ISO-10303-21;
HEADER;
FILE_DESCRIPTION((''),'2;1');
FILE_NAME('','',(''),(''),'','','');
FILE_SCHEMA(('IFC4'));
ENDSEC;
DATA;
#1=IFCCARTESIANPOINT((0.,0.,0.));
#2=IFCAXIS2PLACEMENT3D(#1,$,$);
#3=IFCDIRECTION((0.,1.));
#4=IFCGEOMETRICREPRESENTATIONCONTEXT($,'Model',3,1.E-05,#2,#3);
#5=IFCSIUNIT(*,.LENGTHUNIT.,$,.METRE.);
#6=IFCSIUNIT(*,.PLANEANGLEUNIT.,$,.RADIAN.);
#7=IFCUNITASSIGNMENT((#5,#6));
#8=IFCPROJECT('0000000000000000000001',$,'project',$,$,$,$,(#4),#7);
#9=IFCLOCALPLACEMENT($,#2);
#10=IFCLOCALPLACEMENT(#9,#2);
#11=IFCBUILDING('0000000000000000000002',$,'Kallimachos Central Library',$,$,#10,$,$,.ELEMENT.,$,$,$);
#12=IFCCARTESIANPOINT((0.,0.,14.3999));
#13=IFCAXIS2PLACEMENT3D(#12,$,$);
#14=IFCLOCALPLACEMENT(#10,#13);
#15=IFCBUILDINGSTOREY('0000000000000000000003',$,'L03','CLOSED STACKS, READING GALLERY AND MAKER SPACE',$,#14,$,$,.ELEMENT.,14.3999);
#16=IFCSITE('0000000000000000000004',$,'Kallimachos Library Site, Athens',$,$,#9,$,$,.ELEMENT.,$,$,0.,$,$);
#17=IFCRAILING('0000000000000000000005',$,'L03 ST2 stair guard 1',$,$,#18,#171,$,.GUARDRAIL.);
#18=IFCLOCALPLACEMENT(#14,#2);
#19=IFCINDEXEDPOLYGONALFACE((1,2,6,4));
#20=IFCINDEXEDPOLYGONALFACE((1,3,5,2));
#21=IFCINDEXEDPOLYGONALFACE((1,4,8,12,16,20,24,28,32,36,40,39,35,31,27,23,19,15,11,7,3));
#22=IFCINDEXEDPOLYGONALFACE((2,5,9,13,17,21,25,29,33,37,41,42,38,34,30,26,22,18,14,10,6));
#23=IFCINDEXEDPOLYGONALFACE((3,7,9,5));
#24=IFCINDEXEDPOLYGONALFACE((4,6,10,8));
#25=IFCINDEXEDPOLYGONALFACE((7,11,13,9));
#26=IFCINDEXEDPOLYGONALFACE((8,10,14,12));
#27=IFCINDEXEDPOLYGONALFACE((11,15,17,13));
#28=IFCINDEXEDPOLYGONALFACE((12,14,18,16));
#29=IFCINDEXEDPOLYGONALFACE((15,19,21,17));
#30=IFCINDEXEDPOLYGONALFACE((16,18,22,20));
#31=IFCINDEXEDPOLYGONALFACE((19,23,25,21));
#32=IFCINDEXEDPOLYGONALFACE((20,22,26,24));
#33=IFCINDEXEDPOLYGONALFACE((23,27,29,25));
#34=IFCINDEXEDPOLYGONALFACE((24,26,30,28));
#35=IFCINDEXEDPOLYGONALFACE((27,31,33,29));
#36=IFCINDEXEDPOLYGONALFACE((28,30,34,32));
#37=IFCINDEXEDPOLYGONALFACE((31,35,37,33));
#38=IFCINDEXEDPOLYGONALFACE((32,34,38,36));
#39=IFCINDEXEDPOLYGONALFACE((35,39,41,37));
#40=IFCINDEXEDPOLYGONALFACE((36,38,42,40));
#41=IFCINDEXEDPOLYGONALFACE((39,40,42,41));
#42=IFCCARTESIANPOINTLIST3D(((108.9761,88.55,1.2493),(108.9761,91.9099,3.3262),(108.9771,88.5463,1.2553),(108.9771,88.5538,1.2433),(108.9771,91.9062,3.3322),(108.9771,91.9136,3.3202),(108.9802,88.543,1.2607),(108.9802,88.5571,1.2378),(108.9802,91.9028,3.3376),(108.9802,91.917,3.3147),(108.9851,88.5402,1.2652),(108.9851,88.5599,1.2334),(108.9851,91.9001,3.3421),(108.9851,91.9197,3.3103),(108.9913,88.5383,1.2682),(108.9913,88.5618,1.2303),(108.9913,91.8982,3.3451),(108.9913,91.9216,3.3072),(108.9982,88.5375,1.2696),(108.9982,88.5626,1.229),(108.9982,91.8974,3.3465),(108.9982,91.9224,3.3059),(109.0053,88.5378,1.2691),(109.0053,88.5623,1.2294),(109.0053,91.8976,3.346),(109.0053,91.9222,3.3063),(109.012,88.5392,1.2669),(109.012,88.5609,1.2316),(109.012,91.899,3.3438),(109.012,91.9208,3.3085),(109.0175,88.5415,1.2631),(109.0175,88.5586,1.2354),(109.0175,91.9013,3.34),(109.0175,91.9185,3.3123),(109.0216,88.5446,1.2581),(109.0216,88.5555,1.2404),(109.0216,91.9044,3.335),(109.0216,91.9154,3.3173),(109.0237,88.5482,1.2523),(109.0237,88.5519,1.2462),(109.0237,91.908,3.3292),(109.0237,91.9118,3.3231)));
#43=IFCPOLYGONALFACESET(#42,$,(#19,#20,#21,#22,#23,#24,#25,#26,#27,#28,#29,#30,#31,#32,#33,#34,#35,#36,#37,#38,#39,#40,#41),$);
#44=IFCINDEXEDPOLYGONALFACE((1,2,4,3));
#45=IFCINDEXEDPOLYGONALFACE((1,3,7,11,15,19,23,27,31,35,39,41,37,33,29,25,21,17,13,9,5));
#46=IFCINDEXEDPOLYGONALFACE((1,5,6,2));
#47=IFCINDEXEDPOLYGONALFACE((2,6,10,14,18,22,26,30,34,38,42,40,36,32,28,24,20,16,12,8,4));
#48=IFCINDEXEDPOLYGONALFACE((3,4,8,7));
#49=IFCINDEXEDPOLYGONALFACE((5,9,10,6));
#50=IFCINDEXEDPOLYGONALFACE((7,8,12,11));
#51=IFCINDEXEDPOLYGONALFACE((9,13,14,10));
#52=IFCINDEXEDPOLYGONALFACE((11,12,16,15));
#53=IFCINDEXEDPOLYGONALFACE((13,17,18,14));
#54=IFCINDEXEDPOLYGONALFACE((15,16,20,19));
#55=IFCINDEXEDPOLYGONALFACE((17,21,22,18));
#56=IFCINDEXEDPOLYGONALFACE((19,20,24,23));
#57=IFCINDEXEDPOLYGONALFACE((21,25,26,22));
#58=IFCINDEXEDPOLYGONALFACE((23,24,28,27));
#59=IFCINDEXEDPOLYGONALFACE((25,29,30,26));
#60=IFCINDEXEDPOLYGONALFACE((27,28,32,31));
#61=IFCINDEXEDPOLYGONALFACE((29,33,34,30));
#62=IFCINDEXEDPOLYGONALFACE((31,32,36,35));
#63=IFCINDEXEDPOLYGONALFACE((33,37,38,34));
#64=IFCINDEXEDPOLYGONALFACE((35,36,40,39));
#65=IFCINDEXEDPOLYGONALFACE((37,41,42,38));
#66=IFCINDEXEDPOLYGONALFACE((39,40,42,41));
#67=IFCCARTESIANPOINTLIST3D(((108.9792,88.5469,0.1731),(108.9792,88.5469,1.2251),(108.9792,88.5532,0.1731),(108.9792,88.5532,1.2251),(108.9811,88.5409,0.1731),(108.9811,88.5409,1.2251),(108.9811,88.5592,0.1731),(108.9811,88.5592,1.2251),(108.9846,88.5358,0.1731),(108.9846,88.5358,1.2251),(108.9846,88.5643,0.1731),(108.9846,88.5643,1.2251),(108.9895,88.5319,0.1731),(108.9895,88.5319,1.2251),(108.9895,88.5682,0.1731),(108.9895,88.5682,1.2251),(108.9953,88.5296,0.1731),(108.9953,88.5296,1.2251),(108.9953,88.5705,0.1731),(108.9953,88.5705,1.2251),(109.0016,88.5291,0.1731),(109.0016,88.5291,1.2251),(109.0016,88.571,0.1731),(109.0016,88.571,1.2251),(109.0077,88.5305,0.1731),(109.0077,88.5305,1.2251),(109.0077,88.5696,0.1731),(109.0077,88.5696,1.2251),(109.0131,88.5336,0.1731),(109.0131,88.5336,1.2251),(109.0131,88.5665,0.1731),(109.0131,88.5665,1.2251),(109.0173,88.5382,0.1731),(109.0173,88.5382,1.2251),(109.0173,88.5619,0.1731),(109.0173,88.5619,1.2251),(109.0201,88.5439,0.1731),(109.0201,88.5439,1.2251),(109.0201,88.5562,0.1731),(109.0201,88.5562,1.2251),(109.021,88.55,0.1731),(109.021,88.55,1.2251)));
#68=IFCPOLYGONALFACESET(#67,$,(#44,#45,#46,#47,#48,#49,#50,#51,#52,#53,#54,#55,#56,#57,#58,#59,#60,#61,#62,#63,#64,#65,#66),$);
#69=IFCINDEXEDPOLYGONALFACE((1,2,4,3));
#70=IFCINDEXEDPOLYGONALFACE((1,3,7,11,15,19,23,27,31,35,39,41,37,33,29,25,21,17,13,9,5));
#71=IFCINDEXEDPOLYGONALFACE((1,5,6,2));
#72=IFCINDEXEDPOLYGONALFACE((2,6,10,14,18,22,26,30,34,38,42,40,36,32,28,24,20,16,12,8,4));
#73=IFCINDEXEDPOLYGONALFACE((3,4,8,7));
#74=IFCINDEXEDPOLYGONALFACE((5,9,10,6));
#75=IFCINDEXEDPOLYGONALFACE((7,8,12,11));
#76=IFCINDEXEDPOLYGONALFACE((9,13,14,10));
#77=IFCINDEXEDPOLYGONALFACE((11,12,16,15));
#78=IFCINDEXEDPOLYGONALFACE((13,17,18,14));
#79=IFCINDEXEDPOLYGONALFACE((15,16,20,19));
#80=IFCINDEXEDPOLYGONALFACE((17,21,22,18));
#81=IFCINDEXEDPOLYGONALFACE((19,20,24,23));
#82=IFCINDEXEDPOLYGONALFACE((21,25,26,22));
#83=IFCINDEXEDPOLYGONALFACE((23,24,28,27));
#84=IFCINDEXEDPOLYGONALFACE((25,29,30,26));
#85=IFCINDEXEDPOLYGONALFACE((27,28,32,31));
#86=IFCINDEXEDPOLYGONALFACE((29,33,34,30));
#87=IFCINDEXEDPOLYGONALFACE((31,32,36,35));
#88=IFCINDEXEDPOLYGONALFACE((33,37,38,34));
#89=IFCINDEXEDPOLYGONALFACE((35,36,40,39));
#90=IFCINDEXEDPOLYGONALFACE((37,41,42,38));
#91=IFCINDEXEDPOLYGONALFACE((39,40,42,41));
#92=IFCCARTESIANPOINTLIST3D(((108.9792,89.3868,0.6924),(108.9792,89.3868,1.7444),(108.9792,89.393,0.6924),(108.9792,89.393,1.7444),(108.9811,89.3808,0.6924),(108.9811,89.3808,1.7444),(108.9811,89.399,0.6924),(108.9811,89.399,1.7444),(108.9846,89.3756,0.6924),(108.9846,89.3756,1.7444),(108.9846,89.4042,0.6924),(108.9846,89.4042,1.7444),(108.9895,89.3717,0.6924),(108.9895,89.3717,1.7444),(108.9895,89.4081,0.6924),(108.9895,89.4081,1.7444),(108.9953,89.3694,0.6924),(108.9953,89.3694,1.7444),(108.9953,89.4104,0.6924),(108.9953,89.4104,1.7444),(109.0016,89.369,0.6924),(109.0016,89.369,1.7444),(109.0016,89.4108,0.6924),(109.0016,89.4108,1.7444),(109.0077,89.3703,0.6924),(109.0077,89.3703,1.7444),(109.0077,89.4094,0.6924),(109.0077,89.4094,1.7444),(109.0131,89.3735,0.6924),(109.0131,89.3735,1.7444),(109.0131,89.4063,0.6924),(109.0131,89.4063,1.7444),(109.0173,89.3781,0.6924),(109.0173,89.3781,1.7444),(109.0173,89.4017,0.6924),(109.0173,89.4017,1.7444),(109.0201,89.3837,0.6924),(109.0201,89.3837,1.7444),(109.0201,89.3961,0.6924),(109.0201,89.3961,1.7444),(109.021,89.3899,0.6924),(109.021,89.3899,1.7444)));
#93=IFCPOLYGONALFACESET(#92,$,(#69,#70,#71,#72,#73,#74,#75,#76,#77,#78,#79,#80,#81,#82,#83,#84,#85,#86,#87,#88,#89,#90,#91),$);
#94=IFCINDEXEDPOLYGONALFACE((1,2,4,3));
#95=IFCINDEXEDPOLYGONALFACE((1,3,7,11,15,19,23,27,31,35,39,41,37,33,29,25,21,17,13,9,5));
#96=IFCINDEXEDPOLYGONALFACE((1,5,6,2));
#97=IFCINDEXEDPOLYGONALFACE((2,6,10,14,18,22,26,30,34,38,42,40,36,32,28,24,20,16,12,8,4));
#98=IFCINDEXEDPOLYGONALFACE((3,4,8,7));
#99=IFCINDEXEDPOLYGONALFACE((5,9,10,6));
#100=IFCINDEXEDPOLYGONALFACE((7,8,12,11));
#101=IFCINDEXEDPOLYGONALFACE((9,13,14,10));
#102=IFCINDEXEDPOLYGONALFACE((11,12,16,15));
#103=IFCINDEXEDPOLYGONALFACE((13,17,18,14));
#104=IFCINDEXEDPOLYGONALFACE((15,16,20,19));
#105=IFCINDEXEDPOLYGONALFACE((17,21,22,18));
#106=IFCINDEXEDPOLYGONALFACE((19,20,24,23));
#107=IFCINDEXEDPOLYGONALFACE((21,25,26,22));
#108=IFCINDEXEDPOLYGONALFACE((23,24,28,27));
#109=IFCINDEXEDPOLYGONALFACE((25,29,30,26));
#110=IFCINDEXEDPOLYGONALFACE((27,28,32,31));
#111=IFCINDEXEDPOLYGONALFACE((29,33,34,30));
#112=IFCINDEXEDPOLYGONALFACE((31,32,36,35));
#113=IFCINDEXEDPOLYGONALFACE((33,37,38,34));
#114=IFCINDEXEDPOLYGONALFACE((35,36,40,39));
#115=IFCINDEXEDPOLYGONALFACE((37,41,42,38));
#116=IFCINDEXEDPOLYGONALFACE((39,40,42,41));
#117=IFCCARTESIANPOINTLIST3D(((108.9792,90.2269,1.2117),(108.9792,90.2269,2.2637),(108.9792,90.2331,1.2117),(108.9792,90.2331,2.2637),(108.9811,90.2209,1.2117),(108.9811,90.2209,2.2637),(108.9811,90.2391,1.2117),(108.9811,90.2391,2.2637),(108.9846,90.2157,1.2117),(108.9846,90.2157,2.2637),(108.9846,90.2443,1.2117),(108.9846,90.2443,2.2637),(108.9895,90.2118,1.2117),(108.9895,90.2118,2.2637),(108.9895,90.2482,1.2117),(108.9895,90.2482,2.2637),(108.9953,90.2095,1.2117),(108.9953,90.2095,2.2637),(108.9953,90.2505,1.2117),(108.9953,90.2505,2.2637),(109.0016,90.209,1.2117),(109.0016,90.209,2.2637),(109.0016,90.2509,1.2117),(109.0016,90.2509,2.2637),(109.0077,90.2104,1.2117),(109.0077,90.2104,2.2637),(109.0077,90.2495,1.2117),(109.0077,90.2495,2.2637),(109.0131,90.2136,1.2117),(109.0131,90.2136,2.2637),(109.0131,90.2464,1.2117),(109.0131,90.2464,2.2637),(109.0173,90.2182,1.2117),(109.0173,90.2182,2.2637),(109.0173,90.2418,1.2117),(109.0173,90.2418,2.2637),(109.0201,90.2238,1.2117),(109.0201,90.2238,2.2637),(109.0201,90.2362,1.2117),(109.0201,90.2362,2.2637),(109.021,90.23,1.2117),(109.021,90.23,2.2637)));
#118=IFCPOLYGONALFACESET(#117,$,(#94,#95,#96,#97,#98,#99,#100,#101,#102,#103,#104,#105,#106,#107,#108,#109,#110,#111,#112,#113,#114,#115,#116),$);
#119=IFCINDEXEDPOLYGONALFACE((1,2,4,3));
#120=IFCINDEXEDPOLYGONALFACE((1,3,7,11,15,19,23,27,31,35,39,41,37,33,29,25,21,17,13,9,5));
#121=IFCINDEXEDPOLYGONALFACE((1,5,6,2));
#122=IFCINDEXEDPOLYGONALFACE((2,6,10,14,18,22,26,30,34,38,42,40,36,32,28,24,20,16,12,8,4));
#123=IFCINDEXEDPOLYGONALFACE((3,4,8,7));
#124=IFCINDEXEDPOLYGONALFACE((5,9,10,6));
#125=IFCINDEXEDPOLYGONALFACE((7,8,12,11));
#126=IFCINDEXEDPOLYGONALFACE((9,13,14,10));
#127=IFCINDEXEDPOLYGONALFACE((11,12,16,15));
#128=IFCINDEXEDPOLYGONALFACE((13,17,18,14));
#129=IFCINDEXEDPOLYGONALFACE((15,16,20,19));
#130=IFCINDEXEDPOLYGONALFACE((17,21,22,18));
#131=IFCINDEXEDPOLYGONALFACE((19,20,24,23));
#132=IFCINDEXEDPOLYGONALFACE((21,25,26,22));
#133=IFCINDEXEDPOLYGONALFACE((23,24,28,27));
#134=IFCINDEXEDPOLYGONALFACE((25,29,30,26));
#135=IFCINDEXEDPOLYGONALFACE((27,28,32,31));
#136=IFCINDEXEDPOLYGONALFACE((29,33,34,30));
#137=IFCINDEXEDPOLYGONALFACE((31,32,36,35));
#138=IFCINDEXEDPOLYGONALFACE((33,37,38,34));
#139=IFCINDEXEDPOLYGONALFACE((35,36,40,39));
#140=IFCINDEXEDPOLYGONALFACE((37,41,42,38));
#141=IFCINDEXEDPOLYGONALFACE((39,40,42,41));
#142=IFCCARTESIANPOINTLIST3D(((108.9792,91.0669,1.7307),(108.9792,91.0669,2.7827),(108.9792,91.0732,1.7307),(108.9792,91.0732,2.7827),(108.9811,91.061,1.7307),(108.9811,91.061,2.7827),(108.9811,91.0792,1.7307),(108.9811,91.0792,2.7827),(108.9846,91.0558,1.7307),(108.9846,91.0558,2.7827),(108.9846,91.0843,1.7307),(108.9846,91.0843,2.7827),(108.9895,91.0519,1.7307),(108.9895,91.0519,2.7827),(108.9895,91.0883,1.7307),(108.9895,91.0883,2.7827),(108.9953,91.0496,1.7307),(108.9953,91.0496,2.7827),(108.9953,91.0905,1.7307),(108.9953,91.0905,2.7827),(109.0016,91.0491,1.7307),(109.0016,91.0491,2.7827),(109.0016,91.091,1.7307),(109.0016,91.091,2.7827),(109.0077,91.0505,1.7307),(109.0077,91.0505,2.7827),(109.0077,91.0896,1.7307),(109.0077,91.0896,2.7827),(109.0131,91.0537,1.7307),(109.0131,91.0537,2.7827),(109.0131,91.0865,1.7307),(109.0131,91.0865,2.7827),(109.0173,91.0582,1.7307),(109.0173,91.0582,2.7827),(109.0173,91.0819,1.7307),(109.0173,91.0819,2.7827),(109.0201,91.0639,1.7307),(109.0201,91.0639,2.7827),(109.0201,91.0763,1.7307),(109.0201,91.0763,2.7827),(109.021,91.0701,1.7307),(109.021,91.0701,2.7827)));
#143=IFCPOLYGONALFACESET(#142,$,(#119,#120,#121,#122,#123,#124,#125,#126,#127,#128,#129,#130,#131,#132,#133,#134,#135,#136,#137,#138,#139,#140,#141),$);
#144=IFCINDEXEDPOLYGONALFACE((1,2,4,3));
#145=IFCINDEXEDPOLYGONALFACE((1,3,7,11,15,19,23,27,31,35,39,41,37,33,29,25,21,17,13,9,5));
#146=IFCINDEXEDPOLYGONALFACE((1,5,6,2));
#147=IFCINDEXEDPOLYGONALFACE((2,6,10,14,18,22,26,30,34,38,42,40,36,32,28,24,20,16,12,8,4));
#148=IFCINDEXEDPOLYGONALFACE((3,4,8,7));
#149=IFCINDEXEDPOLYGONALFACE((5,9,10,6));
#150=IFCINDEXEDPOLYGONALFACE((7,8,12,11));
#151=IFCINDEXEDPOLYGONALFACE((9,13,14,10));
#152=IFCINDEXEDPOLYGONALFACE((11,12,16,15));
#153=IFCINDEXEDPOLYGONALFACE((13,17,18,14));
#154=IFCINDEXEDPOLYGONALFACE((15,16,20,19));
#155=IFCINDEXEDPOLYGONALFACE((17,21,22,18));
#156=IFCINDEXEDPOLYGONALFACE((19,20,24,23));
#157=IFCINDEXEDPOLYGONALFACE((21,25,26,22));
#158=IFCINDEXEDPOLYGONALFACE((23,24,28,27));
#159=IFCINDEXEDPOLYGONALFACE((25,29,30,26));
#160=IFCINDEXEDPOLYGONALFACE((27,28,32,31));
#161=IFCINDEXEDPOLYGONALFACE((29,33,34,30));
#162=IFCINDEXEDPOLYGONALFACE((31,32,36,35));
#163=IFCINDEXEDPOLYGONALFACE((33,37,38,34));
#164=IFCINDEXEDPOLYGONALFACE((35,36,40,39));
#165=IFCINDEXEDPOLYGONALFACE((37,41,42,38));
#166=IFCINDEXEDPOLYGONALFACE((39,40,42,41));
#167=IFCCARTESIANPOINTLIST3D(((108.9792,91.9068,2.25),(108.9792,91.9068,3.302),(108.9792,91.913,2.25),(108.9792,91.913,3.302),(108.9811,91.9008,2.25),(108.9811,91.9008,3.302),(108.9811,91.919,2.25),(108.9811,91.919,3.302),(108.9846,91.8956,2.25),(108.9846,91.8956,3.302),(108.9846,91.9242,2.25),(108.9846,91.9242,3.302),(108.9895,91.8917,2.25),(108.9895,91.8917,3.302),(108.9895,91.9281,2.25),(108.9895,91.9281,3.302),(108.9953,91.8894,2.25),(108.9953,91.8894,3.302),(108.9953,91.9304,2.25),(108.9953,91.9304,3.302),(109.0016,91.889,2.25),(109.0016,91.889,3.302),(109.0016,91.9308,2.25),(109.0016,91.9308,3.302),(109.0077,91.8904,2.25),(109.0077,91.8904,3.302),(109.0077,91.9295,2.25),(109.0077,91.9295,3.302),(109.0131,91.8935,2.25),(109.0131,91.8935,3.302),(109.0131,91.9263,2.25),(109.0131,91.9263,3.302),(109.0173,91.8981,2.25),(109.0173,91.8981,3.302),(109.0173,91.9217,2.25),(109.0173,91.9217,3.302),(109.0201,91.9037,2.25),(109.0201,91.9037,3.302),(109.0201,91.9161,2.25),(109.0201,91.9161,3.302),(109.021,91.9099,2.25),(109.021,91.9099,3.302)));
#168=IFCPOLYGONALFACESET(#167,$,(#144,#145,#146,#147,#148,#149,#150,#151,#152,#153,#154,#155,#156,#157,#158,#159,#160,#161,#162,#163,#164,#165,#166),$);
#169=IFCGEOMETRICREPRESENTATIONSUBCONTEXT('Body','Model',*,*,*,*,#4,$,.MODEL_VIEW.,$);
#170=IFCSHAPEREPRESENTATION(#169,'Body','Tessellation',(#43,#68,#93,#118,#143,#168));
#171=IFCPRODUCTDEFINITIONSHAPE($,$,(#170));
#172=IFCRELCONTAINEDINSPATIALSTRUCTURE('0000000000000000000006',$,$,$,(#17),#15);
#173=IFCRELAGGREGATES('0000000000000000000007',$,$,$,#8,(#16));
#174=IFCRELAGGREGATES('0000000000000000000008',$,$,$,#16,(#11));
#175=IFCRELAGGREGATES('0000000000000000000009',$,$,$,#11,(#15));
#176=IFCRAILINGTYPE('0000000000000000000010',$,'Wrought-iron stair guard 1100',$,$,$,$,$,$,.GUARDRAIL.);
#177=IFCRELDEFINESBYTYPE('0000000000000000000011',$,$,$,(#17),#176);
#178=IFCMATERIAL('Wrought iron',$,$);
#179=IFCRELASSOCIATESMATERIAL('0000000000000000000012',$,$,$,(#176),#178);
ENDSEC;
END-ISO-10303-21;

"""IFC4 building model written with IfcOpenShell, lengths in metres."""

from ifc_helpers import new_model, si_unit, direction, frame, origin, origin_2d, place, context, subcontext, project, spatial, circle, extrude, material, type_object, element, save


model = new_model("IFC4")

# Units and contexts
model_context = context("Model", 3, precision=1e-05, world=origin(), true_north=direction((0.0, 1.0)))
body_context = subcontext(model_context, "Body", "Model", "MODEL_VIEW")
ifc_project = project(units=[si_unit("LENGTHUNIT", "METRE"), si_unit("PLANEANGLEUNIT", "RADIAN")], contexts=[model_context])

# Site, building, storey
site_placement = place(None, origin())
site = spatial("IfcSite", under=ifc_project, at=site_placement, Name="Kallimachos Library Site, Athens", CompositionType="ELEMENT", RefElevation=0.0)
building_placement = place(site_placement, origin())
building = spatial("IfcBuilding", under=site, at=building_placement, Name="Kallimachos Central Library", CompositionType="ELEMENT")
storey_placement = place(building_placement, frame((0.0, 0.0, 14.3999)))
storey = spatial("IfcBuildingStorey", under=building, at=storey_placement, Name="L03", Description="CLOSED STACKS, READING GALLERY AND MAKER SPACE", CompositionType="ELEMENT", Elevation=14.3999)

# Railing
ifc_material_1 = material(Name="Wrought iron")
railing_type_1 = type_object("IfcRailingType", Name="Wrought-iron stair guard 1100", PredefinedType="GUARDRAIL", material=ifc_material_1)
railing_1_placement = place(storey_placement, frame((109.0, 88.55, 0.1731)))
element("IfcRailing", 1, at=railing_1_placement, inside=storey, type_object=railing_type_1, Name="L03 ST2 stair guard 1", PredefinedType="GUARDRAIL", context=body_context, shape_type="SweptSolid", body=[
    extrude(circle(Radius=0.0239, at=origin_2d()), frame((0.0, 0.0, 1.0762), z_axis=(0.0, 0.850606, 0.525803), x_axis=(-1.0, 0.0, 0.0)), (0.0, 0.0, 1.0), 3.95),
    extrude(circle(Radius=0.021, at=origin_2d()), origin(), (0.0, 0.0, 1.0), 1.052),
    extrude(circle(Radius=0.021, at=origin_2d()), frame((0.0, 0.8398, 0.5193)), (0.0, 0.0, 1.0), 1.052),
    extrude(circle(Radius=0.021, at=origin_2d()), frame((0.0, 1.6799, 1.0386)), (0.0, 0.0, 1.0), 1.052),
    extrude(circle(Radius=0.021, at=origin_2d()), frame((0.0, 2.52, 1.5576)), (0.0, 0.0, 1.0), 1.052),
    extrude(circle(Radius=0.021, at=origin_2d()), frame((0.0, 3.3599, 2.0769)), (0.0, 0.0, 1.0), 1.052),
])

save(model, "model.ifc")
